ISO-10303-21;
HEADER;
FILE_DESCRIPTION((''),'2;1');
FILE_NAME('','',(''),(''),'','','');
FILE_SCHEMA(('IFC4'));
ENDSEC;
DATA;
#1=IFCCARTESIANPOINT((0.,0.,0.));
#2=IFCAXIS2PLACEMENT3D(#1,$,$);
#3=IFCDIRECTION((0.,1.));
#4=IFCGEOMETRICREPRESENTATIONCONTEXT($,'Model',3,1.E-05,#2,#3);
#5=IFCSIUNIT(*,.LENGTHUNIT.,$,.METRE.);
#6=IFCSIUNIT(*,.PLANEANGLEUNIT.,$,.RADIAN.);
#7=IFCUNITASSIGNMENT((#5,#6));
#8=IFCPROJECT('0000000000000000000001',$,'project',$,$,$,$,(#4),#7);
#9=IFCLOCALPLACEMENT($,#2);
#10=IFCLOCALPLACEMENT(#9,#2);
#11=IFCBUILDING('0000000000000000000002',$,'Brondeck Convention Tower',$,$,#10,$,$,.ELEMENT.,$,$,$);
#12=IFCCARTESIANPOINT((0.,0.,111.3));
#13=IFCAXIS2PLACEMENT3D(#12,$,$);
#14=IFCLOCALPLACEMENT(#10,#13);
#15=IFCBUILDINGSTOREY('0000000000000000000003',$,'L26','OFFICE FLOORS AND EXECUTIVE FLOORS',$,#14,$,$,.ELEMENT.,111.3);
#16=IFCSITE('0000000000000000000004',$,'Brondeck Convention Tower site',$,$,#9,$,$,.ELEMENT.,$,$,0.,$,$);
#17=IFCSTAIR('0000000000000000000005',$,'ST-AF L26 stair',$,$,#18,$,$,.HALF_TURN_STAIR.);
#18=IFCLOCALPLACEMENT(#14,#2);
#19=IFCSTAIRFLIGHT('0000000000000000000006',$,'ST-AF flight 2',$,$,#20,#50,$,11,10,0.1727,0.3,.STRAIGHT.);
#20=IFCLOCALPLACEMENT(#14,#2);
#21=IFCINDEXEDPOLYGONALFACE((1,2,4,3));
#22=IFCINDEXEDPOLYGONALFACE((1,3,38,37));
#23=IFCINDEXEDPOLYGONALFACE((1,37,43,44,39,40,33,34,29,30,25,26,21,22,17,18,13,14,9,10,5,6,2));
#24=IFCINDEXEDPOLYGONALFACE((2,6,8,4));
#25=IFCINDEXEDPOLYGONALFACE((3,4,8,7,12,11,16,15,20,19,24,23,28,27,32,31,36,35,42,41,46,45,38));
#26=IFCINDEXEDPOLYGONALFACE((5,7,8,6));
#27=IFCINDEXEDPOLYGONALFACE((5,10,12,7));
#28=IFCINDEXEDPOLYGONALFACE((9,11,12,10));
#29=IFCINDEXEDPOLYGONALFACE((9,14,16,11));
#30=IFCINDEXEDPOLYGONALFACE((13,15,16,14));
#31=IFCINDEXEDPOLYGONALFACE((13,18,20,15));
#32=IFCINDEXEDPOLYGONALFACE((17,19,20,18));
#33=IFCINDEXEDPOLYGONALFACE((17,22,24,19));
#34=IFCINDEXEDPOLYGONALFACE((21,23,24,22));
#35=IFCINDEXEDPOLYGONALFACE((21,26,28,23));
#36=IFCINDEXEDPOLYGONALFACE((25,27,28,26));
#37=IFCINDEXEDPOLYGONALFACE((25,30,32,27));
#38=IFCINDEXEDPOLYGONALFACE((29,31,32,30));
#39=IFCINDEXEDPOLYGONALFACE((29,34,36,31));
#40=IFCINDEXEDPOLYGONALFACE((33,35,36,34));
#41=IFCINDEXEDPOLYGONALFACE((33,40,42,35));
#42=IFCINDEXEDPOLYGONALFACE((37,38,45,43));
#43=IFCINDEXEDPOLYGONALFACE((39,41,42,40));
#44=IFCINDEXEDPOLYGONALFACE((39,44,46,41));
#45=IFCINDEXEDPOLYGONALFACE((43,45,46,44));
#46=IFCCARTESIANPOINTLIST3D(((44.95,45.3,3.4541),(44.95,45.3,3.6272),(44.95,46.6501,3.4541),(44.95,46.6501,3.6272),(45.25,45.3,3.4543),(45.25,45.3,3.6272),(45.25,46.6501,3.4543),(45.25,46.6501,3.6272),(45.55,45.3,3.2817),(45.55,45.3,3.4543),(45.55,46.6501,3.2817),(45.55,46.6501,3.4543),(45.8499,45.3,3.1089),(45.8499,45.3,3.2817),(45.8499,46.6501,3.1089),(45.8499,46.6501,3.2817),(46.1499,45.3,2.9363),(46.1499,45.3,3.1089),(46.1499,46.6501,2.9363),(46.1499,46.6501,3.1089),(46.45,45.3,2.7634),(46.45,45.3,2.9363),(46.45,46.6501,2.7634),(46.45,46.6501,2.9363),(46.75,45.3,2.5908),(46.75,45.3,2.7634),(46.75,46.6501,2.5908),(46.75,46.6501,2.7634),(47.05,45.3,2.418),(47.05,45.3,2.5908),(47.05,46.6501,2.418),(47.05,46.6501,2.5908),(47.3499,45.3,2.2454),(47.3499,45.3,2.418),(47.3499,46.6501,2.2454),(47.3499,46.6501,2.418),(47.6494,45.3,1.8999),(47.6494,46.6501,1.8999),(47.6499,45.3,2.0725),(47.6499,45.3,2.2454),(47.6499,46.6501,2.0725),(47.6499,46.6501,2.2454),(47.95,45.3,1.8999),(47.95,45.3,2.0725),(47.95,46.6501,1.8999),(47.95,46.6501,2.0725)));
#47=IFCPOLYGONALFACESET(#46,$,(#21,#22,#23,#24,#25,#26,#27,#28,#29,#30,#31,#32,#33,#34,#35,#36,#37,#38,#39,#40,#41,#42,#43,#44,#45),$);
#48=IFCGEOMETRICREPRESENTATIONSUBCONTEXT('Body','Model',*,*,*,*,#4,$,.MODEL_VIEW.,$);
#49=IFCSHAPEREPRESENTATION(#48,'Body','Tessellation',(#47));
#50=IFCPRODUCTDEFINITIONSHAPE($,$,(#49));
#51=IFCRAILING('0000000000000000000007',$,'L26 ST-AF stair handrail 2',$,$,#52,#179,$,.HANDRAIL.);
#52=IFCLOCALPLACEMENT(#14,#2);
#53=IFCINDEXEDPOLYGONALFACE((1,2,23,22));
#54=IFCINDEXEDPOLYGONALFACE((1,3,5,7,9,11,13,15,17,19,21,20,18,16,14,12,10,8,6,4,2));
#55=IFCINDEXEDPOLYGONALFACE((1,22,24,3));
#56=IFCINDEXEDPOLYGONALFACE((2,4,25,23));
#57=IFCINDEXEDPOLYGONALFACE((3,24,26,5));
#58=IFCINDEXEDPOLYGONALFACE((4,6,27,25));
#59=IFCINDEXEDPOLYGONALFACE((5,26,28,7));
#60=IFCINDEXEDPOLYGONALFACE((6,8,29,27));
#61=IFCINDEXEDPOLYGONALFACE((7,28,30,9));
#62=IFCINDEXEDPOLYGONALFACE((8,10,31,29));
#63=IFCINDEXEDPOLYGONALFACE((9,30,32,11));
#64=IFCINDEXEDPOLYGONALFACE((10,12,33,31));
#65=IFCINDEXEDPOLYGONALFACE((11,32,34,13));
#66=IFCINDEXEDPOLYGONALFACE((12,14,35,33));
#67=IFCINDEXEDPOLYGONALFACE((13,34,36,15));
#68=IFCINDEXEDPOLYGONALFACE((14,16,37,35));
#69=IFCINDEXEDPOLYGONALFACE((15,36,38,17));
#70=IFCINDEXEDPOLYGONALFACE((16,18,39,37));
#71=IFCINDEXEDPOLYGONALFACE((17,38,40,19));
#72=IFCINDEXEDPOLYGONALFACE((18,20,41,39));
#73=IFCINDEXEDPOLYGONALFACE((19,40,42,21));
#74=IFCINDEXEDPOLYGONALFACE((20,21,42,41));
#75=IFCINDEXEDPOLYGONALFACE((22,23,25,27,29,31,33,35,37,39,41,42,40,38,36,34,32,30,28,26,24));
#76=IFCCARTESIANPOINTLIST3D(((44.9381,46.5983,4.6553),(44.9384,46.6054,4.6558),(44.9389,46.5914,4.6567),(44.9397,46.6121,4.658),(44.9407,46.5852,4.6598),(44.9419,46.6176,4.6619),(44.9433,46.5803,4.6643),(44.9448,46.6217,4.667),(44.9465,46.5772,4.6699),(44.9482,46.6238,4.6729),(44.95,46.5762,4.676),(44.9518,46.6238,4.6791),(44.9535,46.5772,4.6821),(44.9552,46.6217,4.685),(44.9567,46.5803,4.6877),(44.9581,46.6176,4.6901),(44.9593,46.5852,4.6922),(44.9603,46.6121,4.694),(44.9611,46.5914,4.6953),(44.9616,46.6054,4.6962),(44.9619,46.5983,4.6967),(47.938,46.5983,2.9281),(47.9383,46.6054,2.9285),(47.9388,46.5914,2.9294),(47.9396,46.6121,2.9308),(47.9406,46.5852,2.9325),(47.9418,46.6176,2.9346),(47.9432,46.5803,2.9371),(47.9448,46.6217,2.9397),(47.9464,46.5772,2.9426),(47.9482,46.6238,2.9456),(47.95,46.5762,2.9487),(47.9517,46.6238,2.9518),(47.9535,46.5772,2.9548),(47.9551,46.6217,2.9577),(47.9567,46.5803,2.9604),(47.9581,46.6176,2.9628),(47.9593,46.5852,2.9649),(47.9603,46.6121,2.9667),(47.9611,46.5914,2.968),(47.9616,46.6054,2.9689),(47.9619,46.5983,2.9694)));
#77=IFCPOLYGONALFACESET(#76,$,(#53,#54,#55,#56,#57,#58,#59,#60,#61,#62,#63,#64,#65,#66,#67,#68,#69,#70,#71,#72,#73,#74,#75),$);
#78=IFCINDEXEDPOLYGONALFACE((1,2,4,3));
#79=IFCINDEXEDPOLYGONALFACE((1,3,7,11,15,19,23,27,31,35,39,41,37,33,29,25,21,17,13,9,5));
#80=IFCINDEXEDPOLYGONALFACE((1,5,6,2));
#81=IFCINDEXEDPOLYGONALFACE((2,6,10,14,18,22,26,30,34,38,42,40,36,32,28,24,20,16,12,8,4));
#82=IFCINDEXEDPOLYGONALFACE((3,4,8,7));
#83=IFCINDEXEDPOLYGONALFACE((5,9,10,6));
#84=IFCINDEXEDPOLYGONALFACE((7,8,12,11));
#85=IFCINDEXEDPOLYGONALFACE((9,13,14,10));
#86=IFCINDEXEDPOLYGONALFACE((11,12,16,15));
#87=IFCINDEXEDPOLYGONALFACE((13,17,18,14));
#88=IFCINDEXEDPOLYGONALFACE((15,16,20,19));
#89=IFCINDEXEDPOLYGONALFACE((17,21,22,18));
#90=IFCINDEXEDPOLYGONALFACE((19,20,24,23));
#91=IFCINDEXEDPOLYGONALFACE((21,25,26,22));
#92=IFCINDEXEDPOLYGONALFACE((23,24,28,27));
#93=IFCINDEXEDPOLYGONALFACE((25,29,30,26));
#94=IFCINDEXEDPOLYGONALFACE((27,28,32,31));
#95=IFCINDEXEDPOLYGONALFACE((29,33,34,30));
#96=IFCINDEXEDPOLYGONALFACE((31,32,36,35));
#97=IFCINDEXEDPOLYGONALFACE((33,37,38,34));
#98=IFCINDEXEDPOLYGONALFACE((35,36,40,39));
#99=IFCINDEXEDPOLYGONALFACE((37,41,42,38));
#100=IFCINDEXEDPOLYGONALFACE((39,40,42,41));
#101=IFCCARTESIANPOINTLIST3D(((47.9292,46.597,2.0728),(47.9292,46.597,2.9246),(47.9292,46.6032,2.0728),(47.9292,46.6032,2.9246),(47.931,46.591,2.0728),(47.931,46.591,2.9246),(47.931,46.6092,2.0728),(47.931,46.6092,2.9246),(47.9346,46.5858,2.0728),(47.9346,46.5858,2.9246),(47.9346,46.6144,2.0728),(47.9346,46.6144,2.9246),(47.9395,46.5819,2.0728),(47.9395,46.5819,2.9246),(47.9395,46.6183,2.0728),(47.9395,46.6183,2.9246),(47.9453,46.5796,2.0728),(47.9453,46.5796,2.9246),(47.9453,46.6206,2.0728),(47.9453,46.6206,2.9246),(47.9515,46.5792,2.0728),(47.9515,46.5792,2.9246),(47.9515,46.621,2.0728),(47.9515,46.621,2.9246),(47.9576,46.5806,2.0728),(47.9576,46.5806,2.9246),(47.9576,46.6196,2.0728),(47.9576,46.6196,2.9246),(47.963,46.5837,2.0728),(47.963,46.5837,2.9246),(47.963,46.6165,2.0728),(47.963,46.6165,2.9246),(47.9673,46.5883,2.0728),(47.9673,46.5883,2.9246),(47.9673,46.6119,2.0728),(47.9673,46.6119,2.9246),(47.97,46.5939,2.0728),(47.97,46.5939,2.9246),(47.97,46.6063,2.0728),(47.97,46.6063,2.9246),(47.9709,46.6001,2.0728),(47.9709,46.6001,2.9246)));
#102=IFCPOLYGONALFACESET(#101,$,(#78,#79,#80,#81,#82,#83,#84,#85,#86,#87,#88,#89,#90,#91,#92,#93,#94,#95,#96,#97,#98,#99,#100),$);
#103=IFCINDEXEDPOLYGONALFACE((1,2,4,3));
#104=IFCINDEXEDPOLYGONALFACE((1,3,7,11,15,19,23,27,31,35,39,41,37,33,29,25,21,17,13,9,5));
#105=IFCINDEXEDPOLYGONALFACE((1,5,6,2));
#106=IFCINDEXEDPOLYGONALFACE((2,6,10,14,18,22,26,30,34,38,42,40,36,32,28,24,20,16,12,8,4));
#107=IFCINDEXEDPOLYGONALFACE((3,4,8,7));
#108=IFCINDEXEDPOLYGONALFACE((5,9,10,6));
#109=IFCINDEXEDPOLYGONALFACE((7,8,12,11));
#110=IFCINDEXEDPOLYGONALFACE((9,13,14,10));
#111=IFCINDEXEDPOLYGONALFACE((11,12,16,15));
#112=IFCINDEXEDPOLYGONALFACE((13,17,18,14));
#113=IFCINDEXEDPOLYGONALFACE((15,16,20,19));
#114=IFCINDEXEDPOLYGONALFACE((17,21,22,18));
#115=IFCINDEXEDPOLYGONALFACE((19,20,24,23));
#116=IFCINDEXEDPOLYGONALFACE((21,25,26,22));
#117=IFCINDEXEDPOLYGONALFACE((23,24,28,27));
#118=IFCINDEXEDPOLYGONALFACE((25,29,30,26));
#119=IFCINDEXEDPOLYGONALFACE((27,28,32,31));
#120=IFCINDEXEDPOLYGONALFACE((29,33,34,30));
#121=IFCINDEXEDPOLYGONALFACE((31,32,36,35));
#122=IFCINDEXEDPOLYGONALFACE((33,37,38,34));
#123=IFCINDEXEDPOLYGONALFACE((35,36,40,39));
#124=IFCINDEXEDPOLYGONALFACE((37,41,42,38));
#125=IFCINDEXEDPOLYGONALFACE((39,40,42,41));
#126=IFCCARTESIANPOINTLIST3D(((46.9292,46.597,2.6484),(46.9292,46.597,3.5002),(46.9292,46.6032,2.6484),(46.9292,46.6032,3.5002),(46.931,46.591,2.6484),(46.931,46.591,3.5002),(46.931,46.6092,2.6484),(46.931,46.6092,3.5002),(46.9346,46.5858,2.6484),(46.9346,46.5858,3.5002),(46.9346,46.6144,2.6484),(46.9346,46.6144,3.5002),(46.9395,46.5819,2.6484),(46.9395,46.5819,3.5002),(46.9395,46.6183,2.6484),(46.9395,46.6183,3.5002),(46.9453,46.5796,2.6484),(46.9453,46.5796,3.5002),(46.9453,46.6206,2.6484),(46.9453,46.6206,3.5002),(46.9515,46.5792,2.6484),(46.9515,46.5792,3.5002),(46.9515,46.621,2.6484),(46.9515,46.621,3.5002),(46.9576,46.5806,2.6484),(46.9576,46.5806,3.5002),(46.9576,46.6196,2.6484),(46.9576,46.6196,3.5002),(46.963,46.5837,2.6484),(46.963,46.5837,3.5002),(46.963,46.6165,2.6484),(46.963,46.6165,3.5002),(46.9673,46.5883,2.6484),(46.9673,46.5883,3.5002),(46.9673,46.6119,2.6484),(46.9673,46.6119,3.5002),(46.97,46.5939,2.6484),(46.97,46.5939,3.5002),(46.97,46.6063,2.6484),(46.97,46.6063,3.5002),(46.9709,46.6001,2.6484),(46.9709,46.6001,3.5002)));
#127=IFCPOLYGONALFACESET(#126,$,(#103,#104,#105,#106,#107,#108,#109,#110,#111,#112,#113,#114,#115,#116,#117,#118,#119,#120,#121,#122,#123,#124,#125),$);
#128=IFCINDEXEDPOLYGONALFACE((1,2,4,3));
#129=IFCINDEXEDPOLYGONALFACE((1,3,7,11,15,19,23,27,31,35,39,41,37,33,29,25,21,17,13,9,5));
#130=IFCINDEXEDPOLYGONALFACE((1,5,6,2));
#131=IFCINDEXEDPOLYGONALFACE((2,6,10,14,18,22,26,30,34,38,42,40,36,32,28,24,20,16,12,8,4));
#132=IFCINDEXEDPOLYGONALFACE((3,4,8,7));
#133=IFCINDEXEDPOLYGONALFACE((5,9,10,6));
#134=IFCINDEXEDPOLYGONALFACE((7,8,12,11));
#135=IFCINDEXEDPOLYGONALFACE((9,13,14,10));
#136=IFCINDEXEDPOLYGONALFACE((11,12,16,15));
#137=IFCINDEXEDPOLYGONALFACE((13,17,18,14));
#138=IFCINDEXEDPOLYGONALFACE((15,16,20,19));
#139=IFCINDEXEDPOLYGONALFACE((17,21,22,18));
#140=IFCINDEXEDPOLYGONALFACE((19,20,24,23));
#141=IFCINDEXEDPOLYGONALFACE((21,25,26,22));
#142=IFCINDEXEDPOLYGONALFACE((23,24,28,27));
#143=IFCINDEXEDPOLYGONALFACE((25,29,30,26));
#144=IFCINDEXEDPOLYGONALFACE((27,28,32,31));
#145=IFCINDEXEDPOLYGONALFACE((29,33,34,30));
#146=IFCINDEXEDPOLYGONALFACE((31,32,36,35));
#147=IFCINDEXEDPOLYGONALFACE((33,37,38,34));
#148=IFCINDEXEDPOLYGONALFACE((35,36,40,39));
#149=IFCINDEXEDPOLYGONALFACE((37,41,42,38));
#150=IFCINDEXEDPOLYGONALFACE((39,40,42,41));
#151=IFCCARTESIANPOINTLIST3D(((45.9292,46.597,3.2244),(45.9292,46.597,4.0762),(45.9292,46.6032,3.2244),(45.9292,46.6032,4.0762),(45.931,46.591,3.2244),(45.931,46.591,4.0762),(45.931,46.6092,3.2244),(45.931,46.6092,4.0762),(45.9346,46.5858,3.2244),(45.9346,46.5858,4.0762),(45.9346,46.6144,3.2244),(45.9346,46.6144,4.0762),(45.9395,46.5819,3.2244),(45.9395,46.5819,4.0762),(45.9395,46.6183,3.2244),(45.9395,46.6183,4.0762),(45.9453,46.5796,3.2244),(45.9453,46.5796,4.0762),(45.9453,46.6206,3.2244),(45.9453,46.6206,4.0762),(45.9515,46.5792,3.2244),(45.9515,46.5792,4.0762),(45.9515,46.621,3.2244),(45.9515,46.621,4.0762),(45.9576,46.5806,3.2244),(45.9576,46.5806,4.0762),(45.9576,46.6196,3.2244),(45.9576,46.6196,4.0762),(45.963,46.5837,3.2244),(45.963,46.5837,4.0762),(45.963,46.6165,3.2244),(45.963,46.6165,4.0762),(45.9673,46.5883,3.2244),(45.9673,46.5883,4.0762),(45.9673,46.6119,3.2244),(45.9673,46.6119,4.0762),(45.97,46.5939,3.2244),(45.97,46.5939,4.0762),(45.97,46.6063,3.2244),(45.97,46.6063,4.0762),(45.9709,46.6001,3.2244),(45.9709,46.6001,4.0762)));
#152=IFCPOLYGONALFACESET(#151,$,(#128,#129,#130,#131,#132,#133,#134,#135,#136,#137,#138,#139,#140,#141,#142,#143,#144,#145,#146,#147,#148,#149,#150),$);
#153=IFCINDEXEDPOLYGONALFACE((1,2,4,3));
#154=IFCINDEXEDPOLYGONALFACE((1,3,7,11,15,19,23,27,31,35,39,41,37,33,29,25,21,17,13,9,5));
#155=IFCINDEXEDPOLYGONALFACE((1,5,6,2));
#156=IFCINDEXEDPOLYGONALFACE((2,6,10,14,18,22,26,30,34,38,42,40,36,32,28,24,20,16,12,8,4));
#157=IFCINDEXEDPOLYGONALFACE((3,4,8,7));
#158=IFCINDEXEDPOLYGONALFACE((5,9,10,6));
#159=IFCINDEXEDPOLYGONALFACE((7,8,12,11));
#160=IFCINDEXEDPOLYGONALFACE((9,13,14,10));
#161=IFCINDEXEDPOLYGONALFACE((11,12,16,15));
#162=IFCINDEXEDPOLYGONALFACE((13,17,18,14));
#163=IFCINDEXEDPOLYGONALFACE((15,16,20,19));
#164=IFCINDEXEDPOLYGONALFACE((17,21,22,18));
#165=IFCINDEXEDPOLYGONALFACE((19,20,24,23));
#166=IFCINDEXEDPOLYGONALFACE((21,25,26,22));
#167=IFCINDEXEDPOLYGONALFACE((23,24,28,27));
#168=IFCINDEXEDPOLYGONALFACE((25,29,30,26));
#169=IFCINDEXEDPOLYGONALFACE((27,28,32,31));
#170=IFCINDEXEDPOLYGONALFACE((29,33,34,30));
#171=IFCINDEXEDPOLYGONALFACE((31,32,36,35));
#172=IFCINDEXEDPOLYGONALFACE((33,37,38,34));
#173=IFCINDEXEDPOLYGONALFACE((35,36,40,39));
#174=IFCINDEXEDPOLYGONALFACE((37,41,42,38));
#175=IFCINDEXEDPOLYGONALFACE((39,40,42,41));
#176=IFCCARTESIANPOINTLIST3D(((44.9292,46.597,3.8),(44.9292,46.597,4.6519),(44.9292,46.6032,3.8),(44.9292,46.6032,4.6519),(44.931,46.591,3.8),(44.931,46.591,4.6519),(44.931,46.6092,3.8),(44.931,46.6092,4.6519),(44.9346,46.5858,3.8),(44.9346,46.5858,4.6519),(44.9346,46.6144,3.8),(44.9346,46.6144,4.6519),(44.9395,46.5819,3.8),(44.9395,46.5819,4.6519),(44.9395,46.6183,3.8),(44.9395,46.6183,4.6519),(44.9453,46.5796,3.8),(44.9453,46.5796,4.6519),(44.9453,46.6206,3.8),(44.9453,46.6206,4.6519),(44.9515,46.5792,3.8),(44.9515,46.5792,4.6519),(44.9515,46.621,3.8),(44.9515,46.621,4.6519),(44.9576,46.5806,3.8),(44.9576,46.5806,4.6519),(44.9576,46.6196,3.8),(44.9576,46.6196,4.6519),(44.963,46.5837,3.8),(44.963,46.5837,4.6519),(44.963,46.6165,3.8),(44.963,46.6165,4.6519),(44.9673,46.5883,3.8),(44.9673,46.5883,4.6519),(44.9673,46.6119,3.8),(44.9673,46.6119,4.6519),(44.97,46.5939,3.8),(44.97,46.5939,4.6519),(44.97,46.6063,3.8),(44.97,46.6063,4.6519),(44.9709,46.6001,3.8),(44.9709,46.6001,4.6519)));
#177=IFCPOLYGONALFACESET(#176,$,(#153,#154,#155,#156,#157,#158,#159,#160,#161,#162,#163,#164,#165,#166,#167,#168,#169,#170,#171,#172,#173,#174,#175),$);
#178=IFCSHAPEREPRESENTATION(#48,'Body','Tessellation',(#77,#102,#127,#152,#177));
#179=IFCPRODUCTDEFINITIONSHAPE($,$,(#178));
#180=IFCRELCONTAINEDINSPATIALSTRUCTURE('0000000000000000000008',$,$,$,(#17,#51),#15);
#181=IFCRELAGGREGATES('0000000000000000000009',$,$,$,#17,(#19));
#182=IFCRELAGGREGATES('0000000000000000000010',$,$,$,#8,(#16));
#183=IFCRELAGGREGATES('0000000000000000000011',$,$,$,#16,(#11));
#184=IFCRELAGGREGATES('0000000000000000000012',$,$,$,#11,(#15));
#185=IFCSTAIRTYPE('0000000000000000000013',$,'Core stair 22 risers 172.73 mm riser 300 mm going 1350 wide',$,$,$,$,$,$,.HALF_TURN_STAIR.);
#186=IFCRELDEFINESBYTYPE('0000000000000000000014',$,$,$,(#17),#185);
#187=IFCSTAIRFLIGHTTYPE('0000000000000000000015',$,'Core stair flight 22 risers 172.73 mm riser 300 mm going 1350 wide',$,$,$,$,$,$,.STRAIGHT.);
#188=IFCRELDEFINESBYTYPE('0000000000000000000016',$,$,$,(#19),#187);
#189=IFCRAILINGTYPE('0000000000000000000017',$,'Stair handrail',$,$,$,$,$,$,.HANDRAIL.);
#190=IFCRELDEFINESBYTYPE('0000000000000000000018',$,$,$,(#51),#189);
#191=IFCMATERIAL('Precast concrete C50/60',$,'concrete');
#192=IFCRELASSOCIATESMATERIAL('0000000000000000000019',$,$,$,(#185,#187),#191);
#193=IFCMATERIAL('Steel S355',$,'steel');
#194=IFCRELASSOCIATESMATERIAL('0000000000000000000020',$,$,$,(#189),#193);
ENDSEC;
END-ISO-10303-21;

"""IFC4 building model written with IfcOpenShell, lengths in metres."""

from ifc_helpers import new_model, si_unit, direction, frame, origin, origin_2d, place, context, subcontext, project, spatial, polyline, circle, outline, extrude, material, type_object, element, aggregate, save


model = new_model("IFC4")

# Units and contexts
model_context = context("Model", 3, precision=1e-05, world=origin(), true_north=direction((0.0, 1.0)))
body_context = subcontext(model_context, "Body", "Model", "MODEL_VIEW")
ifc_project = project(units=[si_unit("LENGTHUNIT", "METRE"), si_unit("PLANEANGLEUNIT", "RADIAN")], contexts=[model_context])

# Site, building, storey
site_placement = place(None, origin())
site = spatial("IfcSite", under=ifc_project, at=site_placement, Name="Brondeck Convention Tower site", CompositionType="ELEMENT", RefElevation=0.0)
building_placement = place(site_placement, origin())
building = spatial("IfcBuilding", under=site, at=building_placement, Name="Brondeck Convention Tower", CompositionType="ELEMENT")
storey_placement = place(building_placement, frame((0.0, 0.0, 111.3)))
storey = spatial("IfcBuildingStorey", under=building, at=storey_placement, Name="L26", Description="OFFICE FLOORS AND EXECUTIVE FLOORS", CompositionType="ELEMENT", Elevation=111.3)

# Shared definitions
ifc_material_1 = material(Name="Steel S355", Category="steel")

# Stair, stair flight
ifc_material_2 = material(Name="Precast concrete C50/60", Category="concrete")
stair_type = type_object("IfcStairType", Name="Core stair 22 risers 172.73 mm riser 300 mm going 1350 wide", PredefinedType="HALF_TURN_STAIR", material=ifc_material_2)
stair_placement = place(storey_placement, origin())
stair = element("IfcStair", 1, at=stair_placement, inside=storey, type_object=stair_type, Name="ST-AF L26 stair", PredefinedType="HALF_TURN_STAIR")
stair_flight_type = type_object("IfcStairFlightType", Name="Core stair flight 22 risers 172.73 mm riser 300 mm going 1350 wide", PredefinedType="STRAIGHT", material=ifc_material_2)
stair_flight_placement = place(storey_placement, frame((47.95, 45.9751, 1.8999), z_axis=(0.0, 0.0, 1.0), x_axis=(-1.0, 0.0, 0.0)))
stair_flight = element("IfcStairFlight", 2, at=stair_flight_placement, type_object=stair_flight_type, Name="ST-AF flight 2", NumberOfRisers=11, NumberOfTreads=10, PredefinedType="STRAIGHT", RiserHeight=0.1727, TreadLength=0.3, context=body_context, shape_type="SweptSolid", body=[
    extrude(outline(polyline([(0.0, 0.0), (0.0, 0.1726), (0.3, 0.1726), (0.3, 0.3455), (0.6001, 0.3455), (0.6001, 0.5181), (0.8999, 0.5181), (0.8999, 0.6909), (1.2, 0.6909), (1.2, 0.8635), (1.5, 0.8635), (1.5, 1.0364), (1.8, 1.0364), (1.8, 1.209), (2.1001, 1.209), (2.1001, 1.3818), (2.3999, 1.3818), (2.3999, 1.5544), (2.7, 1.5544), (2.7, 1.7273), (3.0, 1.7273), (3.0, 1.8999), (3.0, 1.5542), (0.3005, 0.0), (0.0, 0.0)])), frame((0.0, 0.675, 0.0), z_axis=(0.0, -1.0, 0.0), x_axis=(1.0, 0.0, 0.0)), (0.0, 0.0, 1.0), 1.3501),
])
aggregate(stair, [stair_flight])

# Railing
railing_type = type_object("IfcRailingType", Name="Stair handrail", PredefinedType="HANDRAIL", material=ifc_material_1)
railing_placement = place(storey_placement, frame((47.95, 46.6001, 2.0728)))
element("IfcRailing", 3, at=railing_placement, inside=storey, type_object=railing_type, Name="L26 ST-AF stair handrail 2", PredefinedType="HANDRAIL", context=body_context, shape_type="SweptSolid", body=[
    extrude(circle(Radius=0.0239, at=origin_2d()), frame((0.0, 0.0, 0.876), z_axis=(-0.86662, 0.0, 0.498969), x_axis=(0.0, -1.0, 0.0)), (0.0, 0.0, 1.0), 3.4617),
    extrude(circle(Radius=0.021, at=origin_2d()), origin(), (0.0, 0.0, 1.0), 0.8518),
    extrude(circle(Radius=0.021, at=origin_2d()), frame((-1.0, 0.0, 0.5757)), (0.0, 0.0, 1.0), 0.8518),
    extrude(circle(Radius=0.021, at=origin_2d()), frame((-2.0, 0.0, 1.1516)), (0.0, 0.0, 1.0), 0.8518),
    extrude(circle(Radius=0.021, at=origin_2d()), frame((-3.0, 0.0, 1.7273)), (0.0, 0.0, 1.0), 0.8518),
])

save(model, "model.ifc")
